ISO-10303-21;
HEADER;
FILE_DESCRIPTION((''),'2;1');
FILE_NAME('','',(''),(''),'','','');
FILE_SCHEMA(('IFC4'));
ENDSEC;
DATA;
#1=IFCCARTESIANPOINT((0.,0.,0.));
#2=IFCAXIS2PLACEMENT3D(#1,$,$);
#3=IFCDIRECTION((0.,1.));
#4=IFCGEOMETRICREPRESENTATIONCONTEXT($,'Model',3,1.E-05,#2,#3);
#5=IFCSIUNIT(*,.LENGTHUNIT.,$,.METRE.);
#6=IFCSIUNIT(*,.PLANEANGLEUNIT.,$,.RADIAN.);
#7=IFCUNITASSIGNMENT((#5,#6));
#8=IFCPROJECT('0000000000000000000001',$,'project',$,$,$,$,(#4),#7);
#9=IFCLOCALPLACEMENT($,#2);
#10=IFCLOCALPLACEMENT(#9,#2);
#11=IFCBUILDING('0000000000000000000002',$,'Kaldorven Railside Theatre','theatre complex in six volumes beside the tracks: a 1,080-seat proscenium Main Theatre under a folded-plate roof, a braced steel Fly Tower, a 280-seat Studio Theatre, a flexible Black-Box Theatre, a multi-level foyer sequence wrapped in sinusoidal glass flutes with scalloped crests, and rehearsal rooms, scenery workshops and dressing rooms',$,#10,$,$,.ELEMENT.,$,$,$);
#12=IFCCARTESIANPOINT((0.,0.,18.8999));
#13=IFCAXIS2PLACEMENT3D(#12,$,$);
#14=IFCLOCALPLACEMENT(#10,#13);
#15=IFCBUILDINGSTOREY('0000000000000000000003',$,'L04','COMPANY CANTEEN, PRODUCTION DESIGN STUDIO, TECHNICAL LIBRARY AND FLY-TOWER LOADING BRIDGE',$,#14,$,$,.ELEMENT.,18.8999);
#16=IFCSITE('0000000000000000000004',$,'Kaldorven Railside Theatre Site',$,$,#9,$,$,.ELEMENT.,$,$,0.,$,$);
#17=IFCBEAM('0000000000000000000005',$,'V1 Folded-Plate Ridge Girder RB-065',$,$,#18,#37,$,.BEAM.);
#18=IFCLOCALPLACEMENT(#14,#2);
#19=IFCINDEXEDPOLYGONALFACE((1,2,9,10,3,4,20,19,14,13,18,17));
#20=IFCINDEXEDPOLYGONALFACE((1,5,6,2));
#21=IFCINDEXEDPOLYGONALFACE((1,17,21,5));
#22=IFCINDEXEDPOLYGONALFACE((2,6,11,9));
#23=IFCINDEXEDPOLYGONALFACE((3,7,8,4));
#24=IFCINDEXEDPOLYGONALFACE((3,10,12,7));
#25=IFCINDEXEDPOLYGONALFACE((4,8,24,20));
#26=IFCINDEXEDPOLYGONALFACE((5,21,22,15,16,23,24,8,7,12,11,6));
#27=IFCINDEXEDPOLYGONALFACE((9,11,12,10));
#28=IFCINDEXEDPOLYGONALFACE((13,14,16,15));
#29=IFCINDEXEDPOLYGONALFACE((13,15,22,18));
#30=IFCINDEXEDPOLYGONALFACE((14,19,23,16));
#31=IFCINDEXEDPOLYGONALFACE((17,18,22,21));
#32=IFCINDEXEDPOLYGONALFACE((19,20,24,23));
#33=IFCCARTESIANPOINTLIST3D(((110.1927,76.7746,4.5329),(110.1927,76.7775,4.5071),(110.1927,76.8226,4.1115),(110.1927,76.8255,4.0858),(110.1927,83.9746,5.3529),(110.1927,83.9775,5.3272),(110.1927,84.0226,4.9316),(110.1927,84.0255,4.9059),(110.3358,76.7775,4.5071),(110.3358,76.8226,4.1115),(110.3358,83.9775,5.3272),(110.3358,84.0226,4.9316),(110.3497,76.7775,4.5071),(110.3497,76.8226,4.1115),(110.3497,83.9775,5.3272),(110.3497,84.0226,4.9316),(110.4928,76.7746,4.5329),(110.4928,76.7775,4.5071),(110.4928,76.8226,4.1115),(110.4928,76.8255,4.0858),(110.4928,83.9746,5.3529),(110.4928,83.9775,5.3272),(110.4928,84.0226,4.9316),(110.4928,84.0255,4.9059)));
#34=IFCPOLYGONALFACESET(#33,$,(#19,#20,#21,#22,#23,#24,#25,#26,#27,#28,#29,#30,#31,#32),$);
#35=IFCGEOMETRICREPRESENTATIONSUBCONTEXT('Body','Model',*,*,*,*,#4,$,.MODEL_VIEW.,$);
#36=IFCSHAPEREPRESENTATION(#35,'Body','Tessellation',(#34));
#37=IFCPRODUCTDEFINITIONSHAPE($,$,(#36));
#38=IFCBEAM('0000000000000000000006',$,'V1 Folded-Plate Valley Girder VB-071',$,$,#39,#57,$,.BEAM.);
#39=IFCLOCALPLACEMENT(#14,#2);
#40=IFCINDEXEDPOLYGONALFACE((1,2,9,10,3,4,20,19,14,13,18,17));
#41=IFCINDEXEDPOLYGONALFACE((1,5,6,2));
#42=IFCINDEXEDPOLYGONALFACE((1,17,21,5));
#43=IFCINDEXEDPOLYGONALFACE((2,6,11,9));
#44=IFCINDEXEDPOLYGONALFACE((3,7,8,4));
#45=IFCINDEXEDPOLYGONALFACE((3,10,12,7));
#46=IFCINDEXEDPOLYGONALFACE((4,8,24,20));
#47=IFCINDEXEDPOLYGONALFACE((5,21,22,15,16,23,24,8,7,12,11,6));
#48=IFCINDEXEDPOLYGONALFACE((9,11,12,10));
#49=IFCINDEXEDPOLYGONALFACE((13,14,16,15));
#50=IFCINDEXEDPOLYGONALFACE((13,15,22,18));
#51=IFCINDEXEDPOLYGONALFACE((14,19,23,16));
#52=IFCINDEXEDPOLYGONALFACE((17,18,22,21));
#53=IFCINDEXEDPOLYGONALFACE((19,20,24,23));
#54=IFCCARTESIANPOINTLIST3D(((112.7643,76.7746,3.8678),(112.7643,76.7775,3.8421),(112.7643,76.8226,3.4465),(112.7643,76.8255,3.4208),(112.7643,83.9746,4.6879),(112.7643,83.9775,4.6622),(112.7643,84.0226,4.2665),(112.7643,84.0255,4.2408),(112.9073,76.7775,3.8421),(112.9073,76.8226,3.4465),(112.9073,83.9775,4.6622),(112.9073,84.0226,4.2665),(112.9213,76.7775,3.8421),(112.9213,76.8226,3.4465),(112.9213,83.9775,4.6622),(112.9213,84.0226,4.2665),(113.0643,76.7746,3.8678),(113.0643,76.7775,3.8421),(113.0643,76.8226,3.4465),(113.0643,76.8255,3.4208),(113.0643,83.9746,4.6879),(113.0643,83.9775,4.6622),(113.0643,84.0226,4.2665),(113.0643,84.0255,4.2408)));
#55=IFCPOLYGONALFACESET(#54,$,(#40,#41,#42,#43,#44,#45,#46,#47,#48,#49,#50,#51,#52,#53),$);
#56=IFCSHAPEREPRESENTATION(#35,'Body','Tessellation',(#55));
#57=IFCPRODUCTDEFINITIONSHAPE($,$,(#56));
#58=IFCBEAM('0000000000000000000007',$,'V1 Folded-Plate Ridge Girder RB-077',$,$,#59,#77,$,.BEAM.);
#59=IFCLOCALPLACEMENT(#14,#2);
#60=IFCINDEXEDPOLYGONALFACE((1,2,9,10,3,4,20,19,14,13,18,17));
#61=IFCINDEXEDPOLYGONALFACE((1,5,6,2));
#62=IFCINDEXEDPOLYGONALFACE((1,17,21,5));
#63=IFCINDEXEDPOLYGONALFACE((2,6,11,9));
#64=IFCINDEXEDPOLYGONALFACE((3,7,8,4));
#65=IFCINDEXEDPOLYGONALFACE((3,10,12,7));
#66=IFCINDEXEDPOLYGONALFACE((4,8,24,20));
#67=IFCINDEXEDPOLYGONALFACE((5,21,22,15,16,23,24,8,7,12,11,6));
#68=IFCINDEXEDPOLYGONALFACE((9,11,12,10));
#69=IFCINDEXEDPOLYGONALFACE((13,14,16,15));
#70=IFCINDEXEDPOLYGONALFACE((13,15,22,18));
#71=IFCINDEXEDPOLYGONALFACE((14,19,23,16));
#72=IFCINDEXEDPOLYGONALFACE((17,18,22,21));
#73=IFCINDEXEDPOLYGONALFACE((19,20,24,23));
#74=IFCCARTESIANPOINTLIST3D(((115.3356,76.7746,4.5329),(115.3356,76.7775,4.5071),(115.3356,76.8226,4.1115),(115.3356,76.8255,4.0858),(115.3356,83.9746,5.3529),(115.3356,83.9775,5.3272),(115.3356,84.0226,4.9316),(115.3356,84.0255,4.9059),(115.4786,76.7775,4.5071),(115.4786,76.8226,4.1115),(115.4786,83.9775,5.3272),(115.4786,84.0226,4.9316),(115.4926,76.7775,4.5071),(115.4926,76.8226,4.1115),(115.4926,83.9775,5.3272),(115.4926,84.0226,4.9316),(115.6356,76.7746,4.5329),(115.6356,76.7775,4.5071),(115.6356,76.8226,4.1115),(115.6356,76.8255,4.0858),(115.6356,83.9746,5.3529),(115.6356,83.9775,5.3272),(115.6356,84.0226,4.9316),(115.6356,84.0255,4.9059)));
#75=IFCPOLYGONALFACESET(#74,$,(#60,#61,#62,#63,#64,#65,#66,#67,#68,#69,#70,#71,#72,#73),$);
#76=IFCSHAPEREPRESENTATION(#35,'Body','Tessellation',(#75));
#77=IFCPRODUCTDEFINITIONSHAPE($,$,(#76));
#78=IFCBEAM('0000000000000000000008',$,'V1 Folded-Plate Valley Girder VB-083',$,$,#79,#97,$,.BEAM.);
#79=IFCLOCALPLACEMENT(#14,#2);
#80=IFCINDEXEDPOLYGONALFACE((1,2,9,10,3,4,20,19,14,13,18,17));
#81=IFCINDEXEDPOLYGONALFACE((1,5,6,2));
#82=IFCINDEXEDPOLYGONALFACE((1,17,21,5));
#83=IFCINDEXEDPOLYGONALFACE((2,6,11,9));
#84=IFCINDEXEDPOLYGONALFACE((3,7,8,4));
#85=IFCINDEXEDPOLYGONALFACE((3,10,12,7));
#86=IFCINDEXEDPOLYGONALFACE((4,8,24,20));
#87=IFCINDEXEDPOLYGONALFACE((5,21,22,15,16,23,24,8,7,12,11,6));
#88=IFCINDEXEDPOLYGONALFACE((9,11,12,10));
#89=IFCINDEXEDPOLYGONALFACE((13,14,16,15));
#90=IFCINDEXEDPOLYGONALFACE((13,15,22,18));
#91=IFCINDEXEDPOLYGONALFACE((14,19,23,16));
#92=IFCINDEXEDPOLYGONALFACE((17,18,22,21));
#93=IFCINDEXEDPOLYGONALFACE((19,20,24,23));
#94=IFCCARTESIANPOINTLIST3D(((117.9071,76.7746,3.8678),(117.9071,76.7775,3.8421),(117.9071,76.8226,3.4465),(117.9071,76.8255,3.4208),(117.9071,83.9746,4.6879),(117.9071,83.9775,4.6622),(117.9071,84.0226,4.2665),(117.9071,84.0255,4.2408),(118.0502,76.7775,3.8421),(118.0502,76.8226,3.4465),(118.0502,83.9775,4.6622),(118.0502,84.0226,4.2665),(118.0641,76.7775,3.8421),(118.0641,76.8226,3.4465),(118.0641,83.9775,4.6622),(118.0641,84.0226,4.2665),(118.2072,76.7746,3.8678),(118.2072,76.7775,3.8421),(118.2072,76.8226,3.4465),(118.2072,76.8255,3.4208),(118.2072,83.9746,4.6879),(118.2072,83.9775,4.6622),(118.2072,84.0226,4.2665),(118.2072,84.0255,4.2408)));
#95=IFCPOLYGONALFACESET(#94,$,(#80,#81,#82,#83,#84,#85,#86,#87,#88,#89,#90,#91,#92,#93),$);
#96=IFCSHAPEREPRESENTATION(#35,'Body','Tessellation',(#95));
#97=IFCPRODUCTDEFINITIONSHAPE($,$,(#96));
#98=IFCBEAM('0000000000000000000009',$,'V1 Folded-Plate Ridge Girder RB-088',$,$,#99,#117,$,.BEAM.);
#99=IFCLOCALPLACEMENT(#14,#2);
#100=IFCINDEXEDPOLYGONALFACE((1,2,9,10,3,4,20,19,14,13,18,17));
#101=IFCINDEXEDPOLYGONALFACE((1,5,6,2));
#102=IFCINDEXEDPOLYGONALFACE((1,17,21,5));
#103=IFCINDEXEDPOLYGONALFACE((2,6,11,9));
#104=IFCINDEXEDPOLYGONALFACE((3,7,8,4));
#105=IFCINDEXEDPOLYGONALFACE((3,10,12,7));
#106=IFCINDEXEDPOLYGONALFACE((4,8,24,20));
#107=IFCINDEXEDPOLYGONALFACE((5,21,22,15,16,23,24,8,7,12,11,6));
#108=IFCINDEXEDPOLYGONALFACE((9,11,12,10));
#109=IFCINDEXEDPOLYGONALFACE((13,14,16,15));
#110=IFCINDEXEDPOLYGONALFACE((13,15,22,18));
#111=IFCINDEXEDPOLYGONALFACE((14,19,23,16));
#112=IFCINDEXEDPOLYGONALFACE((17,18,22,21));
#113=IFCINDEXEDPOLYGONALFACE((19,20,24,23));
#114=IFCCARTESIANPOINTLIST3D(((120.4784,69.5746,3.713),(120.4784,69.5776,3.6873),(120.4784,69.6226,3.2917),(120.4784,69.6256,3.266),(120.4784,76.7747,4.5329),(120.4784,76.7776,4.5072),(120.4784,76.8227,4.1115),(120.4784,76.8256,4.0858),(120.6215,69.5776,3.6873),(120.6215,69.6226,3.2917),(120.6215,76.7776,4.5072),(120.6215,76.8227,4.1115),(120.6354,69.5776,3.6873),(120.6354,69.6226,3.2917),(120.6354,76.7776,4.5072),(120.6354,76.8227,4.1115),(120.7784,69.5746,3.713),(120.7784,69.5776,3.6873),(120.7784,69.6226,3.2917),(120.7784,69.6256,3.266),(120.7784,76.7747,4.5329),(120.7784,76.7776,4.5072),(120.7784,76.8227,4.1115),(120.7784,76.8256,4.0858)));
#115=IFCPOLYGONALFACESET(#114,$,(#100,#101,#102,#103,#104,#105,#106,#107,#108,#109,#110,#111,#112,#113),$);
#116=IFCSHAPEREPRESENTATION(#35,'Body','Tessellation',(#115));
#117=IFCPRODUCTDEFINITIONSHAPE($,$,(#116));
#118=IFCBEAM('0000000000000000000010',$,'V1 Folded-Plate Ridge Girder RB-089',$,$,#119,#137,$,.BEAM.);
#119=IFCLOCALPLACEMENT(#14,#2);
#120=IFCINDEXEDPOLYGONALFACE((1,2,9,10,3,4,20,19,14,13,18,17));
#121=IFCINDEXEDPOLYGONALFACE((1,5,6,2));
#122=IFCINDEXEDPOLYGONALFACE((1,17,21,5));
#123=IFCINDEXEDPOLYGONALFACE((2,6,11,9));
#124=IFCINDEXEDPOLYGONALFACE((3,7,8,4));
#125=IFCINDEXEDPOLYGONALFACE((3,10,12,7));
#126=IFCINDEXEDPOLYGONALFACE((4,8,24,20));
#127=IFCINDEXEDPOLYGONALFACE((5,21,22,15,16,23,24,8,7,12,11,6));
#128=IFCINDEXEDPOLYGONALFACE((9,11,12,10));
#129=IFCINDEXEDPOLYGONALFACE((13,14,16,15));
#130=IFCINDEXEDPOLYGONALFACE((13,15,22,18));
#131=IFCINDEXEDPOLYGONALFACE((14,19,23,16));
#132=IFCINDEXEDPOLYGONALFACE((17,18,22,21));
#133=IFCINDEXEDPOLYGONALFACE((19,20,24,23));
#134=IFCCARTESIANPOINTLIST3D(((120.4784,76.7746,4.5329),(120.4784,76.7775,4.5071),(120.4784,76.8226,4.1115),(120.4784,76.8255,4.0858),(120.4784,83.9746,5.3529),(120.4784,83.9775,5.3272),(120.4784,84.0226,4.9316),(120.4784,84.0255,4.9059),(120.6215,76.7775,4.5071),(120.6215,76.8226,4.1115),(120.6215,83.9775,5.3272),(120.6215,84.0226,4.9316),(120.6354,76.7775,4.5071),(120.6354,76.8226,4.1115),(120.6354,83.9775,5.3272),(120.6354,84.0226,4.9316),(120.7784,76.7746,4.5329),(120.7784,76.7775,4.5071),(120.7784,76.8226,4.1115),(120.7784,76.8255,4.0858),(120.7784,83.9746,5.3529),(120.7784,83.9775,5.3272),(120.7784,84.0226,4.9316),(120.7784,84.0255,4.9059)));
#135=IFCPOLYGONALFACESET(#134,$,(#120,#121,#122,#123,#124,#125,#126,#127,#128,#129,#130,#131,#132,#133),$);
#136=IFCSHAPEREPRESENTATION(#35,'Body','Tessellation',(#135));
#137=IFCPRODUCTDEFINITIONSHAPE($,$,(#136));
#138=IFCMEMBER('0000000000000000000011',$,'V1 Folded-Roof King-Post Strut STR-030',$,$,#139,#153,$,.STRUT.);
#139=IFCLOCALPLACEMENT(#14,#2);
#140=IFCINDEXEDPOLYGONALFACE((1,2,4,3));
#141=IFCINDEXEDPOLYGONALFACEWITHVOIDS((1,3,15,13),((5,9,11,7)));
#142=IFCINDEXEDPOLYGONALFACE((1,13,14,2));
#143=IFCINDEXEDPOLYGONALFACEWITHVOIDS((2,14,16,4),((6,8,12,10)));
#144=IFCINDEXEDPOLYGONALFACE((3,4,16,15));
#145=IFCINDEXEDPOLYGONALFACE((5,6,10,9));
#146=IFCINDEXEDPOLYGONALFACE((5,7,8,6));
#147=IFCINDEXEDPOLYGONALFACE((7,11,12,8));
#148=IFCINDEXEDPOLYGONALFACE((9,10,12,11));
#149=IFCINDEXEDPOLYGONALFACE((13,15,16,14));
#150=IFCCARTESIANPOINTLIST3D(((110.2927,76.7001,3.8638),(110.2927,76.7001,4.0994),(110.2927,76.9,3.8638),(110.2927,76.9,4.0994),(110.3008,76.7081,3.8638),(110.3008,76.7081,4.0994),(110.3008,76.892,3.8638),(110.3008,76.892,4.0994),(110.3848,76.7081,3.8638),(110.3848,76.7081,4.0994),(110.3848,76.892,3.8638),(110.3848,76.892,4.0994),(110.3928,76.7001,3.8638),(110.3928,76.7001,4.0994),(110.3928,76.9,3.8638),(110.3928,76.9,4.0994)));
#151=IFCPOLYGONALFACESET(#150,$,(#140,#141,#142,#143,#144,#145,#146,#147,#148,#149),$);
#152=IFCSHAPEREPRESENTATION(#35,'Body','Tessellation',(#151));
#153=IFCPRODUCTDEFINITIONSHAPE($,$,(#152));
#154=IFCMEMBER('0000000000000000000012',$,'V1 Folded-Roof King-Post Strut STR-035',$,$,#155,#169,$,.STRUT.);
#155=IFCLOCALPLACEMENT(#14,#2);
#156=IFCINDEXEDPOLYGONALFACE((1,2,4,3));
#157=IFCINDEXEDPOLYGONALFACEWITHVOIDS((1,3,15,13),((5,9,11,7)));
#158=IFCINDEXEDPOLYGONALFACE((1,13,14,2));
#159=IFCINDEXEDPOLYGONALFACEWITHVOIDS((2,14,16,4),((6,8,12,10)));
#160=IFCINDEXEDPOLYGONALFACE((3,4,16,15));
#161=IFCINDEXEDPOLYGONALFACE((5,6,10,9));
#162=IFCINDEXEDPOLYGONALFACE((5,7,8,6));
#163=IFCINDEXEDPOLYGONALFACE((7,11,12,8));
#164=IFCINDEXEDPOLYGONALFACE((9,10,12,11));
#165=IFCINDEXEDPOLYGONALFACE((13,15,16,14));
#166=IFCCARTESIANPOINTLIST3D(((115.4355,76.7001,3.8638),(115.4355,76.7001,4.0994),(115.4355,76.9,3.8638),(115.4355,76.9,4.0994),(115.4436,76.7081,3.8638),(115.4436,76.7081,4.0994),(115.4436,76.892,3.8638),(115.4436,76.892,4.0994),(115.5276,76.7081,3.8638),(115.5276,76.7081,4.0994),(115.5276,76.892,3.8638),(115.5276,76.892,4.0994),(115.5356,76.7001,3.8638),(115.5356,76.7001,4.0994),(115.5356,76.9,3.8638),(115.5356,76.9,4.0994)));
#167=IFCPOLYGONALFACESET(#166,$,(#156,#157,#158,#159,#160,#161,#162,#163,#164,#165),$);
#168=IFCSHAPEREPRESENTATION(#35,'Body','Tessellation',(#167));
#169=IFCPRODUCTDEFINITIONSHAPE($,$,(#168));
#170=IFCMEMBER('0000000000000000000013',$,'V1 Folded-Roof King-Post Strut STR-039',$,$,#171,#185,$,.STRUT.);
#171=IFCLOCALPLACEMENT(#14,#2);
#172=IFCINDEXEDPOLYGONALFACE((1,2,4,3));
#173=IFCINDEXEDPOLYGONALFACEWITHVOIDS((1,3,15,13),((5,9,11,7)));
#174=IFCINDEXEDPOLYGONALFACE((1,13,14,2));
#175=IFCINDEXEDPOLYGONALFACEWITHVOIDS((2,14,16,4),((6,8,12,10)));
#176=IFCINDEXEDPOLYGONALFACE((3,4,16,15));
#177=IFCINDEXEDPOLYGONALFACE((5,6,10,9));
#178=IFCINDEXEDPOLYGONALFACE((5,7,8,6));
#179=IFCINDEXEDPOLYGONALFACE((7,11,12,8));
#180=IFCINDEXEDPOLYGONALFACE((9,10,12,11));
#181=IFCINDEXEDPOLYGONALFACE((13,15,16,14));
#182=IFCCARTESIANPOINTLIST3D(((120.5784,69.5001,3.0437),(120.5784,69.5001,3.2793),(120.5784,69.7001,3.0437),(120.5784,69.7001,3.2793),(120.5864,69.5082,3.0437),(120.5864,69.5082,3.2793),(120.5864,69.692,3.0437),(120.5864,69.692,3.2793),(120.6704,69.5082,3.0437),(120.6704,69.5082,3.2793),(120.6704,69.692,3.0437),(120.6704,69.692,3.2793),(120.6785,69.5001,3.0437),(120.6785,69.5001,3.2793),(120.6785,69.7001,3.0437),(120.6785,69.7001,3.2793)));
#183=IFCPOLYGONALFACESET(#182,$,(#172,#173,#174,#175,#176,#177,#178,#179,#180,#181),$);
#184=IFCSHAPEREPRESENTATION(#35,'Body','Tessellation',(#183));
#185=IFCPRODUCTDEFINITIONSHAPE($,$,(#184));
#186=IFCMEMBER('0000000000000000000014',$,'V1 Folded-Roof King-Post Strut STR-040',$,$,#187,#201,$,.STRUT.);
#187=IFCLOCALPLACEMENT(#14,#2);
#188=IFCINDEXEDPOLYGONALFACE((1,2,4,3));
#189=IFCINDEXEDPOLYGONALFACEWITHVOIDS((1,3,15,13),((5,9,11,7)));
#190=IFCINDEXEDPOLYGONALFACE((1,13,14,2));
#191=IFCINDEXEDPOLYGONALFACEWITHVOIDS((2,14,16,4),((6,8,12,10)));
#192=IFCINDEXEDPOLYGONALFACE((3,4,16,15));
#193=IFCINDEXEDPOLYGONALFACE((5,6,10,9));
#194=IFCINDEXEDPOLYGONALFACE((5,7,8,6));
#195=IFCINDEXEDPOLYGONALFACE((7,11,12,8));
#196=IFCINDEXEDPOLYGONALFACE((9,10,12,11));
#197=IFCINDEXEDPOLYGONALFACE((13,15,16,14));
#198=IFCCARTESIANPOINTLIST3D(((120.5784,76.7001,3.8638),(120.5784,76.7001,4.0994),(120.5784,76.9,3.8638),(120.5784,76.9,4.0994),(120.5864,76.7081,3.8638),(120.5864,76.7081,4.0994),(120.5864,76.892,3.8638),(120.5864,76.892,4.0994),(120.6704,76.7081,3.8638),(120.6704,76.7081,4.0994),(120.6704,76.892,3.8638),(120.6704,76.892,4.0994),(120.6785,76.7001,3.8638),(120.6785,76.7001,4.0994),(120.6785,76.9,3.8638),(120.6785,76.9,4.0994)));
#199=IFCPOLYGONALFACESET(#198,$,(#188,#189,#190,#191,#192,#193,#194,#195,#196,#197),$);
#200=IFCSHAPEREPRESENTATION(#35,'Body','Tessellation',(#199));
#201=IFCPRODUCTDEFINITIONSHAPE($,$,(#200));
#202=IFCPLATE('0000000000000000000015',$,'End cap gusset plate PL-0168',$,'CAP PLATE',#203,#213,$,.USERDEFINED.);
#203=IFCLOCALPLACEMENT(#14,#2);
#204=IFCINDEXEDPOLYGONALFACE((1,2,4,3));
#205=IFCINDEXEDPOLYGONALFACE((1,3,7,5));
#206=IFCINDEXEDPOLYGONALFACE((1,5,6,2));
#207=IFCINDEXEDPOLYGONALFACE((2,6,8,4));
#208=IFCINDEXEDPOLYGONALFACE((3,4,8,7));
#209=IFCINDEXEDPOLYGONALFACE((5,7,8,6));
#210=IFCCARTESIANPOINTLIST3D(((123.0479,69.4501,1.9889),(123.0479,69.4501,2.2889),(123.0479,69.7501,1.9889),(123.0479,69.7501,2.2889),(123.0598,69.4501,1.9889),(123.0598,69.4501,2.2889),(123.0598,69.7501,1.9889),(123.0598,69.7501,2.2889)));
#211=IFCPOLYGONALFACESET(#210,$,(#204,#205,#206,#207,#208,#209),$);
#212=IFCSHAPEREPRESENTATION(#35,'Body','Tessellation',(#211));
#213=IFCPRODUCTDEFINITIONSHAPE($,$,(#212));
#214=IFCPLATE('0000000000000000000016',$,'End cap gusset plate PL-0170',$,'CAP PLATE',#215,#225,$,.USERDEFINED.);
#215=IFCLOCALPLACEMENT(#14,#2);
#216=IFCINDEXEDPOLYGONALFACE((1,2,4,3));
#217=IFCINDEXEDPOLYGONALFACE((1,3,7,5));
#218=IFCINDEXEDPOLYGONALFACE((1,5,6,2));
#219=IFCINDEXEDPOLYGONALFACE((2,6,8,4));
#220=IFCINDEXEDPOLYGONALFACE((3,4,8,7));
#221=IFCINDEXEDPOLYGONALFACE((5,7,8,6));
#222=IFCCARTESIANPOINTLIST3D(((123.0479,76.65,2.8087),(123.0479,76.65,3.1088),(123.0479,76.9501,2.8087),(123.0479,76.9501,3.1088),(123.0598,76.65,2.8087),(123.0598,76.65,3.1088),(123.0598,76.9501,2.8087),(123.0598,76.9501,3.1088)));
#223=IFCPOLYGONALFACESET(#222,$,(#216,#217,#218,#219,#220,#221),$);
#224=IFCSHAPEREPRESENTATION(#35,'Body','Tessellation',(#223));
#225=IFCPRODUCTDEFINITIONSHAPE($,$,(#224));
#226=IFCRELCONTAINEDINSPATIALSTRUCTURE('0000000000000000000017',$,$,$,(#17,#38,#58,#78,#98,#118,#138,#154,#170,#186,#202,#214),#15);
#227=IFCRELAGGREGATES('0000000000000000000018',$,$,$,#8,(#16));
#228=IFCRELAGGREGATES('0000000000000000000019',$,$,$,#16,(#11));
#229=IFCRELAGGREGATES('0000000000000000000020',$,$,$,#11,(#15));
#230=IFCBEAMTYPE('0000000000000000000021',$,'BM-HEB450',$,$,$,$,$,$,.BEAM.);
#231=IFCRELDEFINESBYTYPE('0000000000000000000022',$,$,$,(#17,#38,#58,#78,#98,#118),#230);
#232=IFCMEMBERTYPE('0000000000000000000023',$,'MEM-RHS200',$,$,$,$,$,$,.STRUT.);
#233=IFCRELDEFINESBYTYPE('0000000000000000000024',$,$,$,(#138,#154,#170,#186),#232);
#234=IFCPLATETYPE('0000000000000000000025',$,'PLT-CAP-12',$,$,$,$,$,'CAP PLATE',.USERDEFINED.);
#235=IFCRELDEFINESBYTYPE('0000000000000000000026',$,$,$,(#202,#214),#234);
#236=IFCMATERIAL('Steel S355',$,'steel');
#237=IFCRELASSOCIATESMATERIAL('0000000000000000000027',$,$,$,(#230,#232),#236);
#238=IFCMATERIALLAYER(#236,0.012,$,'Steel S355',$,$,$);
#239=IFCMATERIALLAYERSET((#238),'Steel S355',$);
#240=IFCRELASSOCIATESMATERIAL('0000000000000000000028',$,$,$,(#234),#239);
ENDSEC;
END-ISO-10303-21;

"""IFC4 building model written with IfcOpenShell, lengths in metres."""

from ifc_helpers import new_model, si_unit, direction, frame, origin, origin_2d, place, context, subcontext, project, spatial, rectangle, hollow_rectangle, i_section, extrude, material, layer, layer_set, material_profile, profile_set, type_object, element, save


model = new_model("IFC4")

# Units and contexts
model_context = context("Model", 3, precision=1e-05, world=origin(), true_north=direction((0.0, 1.0)))
body_context = subcontext(model_context, "Body", "Model", "MODEL_VIEW")
ifc_project = project(units=[si_unit("LENGTHUNIT", "METRE"), si_unit("PLANEANGLEUNIT", "RADIAN")], contexts=[model_context])

# Site, building, storey
site_placement = place(None, origin())
site = spatial("IfcSite", under=ifc_project, at=site_placement, Name="Kaldorven Railside Theatre Site", CompositionType="ELEMENT", RefElevation=0.0)
building_placement = place(site_placement, origin())
building = spatial("IfcBuilding", under=site, at=building_placement, Name="Kaldorven Railside Theatre", Description="theatre complex in six volumes beside the tracks: a 1,080-seat proscenium Main Theatre under a folded-plate roof, a braced steel Fly Tower, a 280-seat Studio Theatre, a flexible Black-Box Theatre, a multi-level foyer sequence wrapped in sinusoidal glass flutes with scalloped crests, and rehearsal rooms, scenery workshops and dressing rooms", CompositionType="ELEMENT")
storey_placement = place(building_placement, frame((0.0, 0.0, 18.8999)))
storey = spatial("IfcBuildingStorey", under=building, at=storey_placement, Name="L04", Description="COMPANY CANTEEN, PRODUCTION DESIGN STUDIO, TECHNICAL LIBRARY AND FLY-TOWER LOADING BRIDGE", CompositionType="ELEMENT", Elevation=18.8999)

# Beams
ifc_material = material(Name="Steel S355", Category="steel")
ifc_material_profile_1 = material_profile(ifc_material, i_section(OverallWidth=0.3, OverallDepth=0.45, WebThickness=0.0139, FlangeThickness=0.0259, at=origin_2d()), Name="HEB 450")
ifc_profile_set_1 = profile_set([ifc_material_profile_1], Name="Steel S355")
beam_type = type_object("IfcBeamType", Name="BM-HEB450", PredefinedType="BEAM", material=ifc_profile_set_1)
for number, where, z_axis, x_axis, name in (
    (1, (110.3428, 76.8, 4.3093), (0.0, 0.993576, 0.113167), (-1.0, 0.0, 0.0), "V1 Folded-Plate Ridge Girder RB-065"),
    (2, (112.9143, 76.8, 3.6443), (0.0, 0.993576, 0.113167), (-1.0, 0.0, 0.0), "V1 Folded-Plate Valley Girder VB-071"),
    (3, (115.4856, 76.8, 4.3093), (0.0, 0.993576, 0.113167), (-1.0, 0.0, 0.0), "V1 Folded-Plate Ridge Girder RB-077"),
    (4, (118.0571, 76.8, 3.6443), (0.0, 0.993576, 0.113167), (-1.0, 0.0, 0.0), "V1 Folded-Plate Valley Girder VB-083"),
    (5, (120.6284, 69.6001, 3.4895), (0.0, 0.99358, 0.113134), (-1.0, 0.0, 0.0), "V1 Folded-Plate Ridge Girder RB-088"),
    (6, (120.6284, 76.8, 4.3093), (0.0, 0.993576, 0.113167), (-1.0, 0.0, 0.0), "V1 Folded-Plate Ridge Girder RB-089"),
):
    element("IfcBeam", number, at=place(storey_placement, frame(where, z_axis=z_axis, x_axis=x_axis)), inside=storey, type_object=beam_type, Name=name, PredefinedType="BEAM", context=body_context, shape_type="SweptSolid", body=[
        extrude(i_section(OverallWidth=0.3, OverallDepth=0.45, WebThickness=0.0139, FlangeThickness=0.0259, at=origin_2d()), origin(), (0.0, 0.0, 1.0), 7.2466),
    ])

# Members
ifc_material_profile_2 = material_profile(ifc_material, hollow_rectangle(XDim=0.1001, YDim=0.2, WallThickness=0.0081, at=origin_2d()), Name="RHS 200x100x8")
ifc_profile_set_2 = profile_set([ifc_material_profile_2], Name="Steel S355")
member_type = type_object("IfcMemberType", Name="MEM-RHS200", PredefinedType="STRUT", material=ifc_profile_set_2)
for number, where, z_axis, x_axis, name in (
    (7, (110.3428, 76.8, 3.8638), (0.0, 0.0, 1.0), (1.0, 0.0, 0.0), "V1 Folded-Roof King-Post Strut STR-030"),
    (8, (115.4856, 76.8, 3.8638), (0.0, 0.0, 1.0), (1.0, 0.0, 0.0), "V1 Folded-Roof King-Post Strut STR-035"),
    (9, (120.6284, 69.6001, 3.0437), (0.0, 0.0, 1.0), (1.0, 0.0, 0.0), "V1 Folded-Roof King-Post Strut STR-039"),
    (10, (120.6284, 76.8, 3.8638), (0.0, 0.0, 1.0), (1.0, 0.0, 0.0), "V1 Folded-Roof King-Post Strut STR-040"),
):
    element("IfcMember", number, at=place(storey_placement, frame(where, z_axis=z_axis, x_axis=x_axis)), inside=storey, type_object=member_type, Name=name, PredefinedType="STRUT", context=body_context, shape_type="SweptSolid", body=[
        extrude(hollow_rectangle(XDim=0.1001, YDim=0.2, WallThickness=0.0081, at=origin_2d()), origin(), (0.0, 0.0, 1.0), 0.2356),
    ])

# Plates
ifc_layer = layer(ifc_material, 0.012, Name="Steel S355")
ifc_layer_set = layer_set([ifc_layer], Name="Steel S355")
plate_type = type_object("IfcPlateType", Name="PLT-CAP-12", ElementType="CAP PLATE", PredefinedType="USERDEFINED", material=ifc_layer_set)
for number, where, z_axis, x_axis, name in (
    (11, (123.0479, 69.6001, 2.1389), (1.0, 0.0, 0.0), (0.0, 1.0, 0.0), "End cap gusset plate PL-0168"),
    (12, (123.0479, 76.8, 2.9587), (1.0, 0.0, 0.0), (0.0, 1.0, 0.0), "End cap gusset plate PL-0170"),
):
    element("IfcPlate", number, at=place(storey_placement, frame(where, z_axis=z_axis, x_axis=x_axis)), inside=storey, type_object=plate_type, Name=name, ObjectType="CAP PLATE", PredefinedType="USERDEFINED", context=body_context, shape_type="SweptSolid", body=[
        extrude(rectangle(XDim=0.3, YDim=0.3, at=origin_2d()), origin(), (0.0, 0.0, 1.0), 0.012),
    ])

save(model, "model.ifc")
